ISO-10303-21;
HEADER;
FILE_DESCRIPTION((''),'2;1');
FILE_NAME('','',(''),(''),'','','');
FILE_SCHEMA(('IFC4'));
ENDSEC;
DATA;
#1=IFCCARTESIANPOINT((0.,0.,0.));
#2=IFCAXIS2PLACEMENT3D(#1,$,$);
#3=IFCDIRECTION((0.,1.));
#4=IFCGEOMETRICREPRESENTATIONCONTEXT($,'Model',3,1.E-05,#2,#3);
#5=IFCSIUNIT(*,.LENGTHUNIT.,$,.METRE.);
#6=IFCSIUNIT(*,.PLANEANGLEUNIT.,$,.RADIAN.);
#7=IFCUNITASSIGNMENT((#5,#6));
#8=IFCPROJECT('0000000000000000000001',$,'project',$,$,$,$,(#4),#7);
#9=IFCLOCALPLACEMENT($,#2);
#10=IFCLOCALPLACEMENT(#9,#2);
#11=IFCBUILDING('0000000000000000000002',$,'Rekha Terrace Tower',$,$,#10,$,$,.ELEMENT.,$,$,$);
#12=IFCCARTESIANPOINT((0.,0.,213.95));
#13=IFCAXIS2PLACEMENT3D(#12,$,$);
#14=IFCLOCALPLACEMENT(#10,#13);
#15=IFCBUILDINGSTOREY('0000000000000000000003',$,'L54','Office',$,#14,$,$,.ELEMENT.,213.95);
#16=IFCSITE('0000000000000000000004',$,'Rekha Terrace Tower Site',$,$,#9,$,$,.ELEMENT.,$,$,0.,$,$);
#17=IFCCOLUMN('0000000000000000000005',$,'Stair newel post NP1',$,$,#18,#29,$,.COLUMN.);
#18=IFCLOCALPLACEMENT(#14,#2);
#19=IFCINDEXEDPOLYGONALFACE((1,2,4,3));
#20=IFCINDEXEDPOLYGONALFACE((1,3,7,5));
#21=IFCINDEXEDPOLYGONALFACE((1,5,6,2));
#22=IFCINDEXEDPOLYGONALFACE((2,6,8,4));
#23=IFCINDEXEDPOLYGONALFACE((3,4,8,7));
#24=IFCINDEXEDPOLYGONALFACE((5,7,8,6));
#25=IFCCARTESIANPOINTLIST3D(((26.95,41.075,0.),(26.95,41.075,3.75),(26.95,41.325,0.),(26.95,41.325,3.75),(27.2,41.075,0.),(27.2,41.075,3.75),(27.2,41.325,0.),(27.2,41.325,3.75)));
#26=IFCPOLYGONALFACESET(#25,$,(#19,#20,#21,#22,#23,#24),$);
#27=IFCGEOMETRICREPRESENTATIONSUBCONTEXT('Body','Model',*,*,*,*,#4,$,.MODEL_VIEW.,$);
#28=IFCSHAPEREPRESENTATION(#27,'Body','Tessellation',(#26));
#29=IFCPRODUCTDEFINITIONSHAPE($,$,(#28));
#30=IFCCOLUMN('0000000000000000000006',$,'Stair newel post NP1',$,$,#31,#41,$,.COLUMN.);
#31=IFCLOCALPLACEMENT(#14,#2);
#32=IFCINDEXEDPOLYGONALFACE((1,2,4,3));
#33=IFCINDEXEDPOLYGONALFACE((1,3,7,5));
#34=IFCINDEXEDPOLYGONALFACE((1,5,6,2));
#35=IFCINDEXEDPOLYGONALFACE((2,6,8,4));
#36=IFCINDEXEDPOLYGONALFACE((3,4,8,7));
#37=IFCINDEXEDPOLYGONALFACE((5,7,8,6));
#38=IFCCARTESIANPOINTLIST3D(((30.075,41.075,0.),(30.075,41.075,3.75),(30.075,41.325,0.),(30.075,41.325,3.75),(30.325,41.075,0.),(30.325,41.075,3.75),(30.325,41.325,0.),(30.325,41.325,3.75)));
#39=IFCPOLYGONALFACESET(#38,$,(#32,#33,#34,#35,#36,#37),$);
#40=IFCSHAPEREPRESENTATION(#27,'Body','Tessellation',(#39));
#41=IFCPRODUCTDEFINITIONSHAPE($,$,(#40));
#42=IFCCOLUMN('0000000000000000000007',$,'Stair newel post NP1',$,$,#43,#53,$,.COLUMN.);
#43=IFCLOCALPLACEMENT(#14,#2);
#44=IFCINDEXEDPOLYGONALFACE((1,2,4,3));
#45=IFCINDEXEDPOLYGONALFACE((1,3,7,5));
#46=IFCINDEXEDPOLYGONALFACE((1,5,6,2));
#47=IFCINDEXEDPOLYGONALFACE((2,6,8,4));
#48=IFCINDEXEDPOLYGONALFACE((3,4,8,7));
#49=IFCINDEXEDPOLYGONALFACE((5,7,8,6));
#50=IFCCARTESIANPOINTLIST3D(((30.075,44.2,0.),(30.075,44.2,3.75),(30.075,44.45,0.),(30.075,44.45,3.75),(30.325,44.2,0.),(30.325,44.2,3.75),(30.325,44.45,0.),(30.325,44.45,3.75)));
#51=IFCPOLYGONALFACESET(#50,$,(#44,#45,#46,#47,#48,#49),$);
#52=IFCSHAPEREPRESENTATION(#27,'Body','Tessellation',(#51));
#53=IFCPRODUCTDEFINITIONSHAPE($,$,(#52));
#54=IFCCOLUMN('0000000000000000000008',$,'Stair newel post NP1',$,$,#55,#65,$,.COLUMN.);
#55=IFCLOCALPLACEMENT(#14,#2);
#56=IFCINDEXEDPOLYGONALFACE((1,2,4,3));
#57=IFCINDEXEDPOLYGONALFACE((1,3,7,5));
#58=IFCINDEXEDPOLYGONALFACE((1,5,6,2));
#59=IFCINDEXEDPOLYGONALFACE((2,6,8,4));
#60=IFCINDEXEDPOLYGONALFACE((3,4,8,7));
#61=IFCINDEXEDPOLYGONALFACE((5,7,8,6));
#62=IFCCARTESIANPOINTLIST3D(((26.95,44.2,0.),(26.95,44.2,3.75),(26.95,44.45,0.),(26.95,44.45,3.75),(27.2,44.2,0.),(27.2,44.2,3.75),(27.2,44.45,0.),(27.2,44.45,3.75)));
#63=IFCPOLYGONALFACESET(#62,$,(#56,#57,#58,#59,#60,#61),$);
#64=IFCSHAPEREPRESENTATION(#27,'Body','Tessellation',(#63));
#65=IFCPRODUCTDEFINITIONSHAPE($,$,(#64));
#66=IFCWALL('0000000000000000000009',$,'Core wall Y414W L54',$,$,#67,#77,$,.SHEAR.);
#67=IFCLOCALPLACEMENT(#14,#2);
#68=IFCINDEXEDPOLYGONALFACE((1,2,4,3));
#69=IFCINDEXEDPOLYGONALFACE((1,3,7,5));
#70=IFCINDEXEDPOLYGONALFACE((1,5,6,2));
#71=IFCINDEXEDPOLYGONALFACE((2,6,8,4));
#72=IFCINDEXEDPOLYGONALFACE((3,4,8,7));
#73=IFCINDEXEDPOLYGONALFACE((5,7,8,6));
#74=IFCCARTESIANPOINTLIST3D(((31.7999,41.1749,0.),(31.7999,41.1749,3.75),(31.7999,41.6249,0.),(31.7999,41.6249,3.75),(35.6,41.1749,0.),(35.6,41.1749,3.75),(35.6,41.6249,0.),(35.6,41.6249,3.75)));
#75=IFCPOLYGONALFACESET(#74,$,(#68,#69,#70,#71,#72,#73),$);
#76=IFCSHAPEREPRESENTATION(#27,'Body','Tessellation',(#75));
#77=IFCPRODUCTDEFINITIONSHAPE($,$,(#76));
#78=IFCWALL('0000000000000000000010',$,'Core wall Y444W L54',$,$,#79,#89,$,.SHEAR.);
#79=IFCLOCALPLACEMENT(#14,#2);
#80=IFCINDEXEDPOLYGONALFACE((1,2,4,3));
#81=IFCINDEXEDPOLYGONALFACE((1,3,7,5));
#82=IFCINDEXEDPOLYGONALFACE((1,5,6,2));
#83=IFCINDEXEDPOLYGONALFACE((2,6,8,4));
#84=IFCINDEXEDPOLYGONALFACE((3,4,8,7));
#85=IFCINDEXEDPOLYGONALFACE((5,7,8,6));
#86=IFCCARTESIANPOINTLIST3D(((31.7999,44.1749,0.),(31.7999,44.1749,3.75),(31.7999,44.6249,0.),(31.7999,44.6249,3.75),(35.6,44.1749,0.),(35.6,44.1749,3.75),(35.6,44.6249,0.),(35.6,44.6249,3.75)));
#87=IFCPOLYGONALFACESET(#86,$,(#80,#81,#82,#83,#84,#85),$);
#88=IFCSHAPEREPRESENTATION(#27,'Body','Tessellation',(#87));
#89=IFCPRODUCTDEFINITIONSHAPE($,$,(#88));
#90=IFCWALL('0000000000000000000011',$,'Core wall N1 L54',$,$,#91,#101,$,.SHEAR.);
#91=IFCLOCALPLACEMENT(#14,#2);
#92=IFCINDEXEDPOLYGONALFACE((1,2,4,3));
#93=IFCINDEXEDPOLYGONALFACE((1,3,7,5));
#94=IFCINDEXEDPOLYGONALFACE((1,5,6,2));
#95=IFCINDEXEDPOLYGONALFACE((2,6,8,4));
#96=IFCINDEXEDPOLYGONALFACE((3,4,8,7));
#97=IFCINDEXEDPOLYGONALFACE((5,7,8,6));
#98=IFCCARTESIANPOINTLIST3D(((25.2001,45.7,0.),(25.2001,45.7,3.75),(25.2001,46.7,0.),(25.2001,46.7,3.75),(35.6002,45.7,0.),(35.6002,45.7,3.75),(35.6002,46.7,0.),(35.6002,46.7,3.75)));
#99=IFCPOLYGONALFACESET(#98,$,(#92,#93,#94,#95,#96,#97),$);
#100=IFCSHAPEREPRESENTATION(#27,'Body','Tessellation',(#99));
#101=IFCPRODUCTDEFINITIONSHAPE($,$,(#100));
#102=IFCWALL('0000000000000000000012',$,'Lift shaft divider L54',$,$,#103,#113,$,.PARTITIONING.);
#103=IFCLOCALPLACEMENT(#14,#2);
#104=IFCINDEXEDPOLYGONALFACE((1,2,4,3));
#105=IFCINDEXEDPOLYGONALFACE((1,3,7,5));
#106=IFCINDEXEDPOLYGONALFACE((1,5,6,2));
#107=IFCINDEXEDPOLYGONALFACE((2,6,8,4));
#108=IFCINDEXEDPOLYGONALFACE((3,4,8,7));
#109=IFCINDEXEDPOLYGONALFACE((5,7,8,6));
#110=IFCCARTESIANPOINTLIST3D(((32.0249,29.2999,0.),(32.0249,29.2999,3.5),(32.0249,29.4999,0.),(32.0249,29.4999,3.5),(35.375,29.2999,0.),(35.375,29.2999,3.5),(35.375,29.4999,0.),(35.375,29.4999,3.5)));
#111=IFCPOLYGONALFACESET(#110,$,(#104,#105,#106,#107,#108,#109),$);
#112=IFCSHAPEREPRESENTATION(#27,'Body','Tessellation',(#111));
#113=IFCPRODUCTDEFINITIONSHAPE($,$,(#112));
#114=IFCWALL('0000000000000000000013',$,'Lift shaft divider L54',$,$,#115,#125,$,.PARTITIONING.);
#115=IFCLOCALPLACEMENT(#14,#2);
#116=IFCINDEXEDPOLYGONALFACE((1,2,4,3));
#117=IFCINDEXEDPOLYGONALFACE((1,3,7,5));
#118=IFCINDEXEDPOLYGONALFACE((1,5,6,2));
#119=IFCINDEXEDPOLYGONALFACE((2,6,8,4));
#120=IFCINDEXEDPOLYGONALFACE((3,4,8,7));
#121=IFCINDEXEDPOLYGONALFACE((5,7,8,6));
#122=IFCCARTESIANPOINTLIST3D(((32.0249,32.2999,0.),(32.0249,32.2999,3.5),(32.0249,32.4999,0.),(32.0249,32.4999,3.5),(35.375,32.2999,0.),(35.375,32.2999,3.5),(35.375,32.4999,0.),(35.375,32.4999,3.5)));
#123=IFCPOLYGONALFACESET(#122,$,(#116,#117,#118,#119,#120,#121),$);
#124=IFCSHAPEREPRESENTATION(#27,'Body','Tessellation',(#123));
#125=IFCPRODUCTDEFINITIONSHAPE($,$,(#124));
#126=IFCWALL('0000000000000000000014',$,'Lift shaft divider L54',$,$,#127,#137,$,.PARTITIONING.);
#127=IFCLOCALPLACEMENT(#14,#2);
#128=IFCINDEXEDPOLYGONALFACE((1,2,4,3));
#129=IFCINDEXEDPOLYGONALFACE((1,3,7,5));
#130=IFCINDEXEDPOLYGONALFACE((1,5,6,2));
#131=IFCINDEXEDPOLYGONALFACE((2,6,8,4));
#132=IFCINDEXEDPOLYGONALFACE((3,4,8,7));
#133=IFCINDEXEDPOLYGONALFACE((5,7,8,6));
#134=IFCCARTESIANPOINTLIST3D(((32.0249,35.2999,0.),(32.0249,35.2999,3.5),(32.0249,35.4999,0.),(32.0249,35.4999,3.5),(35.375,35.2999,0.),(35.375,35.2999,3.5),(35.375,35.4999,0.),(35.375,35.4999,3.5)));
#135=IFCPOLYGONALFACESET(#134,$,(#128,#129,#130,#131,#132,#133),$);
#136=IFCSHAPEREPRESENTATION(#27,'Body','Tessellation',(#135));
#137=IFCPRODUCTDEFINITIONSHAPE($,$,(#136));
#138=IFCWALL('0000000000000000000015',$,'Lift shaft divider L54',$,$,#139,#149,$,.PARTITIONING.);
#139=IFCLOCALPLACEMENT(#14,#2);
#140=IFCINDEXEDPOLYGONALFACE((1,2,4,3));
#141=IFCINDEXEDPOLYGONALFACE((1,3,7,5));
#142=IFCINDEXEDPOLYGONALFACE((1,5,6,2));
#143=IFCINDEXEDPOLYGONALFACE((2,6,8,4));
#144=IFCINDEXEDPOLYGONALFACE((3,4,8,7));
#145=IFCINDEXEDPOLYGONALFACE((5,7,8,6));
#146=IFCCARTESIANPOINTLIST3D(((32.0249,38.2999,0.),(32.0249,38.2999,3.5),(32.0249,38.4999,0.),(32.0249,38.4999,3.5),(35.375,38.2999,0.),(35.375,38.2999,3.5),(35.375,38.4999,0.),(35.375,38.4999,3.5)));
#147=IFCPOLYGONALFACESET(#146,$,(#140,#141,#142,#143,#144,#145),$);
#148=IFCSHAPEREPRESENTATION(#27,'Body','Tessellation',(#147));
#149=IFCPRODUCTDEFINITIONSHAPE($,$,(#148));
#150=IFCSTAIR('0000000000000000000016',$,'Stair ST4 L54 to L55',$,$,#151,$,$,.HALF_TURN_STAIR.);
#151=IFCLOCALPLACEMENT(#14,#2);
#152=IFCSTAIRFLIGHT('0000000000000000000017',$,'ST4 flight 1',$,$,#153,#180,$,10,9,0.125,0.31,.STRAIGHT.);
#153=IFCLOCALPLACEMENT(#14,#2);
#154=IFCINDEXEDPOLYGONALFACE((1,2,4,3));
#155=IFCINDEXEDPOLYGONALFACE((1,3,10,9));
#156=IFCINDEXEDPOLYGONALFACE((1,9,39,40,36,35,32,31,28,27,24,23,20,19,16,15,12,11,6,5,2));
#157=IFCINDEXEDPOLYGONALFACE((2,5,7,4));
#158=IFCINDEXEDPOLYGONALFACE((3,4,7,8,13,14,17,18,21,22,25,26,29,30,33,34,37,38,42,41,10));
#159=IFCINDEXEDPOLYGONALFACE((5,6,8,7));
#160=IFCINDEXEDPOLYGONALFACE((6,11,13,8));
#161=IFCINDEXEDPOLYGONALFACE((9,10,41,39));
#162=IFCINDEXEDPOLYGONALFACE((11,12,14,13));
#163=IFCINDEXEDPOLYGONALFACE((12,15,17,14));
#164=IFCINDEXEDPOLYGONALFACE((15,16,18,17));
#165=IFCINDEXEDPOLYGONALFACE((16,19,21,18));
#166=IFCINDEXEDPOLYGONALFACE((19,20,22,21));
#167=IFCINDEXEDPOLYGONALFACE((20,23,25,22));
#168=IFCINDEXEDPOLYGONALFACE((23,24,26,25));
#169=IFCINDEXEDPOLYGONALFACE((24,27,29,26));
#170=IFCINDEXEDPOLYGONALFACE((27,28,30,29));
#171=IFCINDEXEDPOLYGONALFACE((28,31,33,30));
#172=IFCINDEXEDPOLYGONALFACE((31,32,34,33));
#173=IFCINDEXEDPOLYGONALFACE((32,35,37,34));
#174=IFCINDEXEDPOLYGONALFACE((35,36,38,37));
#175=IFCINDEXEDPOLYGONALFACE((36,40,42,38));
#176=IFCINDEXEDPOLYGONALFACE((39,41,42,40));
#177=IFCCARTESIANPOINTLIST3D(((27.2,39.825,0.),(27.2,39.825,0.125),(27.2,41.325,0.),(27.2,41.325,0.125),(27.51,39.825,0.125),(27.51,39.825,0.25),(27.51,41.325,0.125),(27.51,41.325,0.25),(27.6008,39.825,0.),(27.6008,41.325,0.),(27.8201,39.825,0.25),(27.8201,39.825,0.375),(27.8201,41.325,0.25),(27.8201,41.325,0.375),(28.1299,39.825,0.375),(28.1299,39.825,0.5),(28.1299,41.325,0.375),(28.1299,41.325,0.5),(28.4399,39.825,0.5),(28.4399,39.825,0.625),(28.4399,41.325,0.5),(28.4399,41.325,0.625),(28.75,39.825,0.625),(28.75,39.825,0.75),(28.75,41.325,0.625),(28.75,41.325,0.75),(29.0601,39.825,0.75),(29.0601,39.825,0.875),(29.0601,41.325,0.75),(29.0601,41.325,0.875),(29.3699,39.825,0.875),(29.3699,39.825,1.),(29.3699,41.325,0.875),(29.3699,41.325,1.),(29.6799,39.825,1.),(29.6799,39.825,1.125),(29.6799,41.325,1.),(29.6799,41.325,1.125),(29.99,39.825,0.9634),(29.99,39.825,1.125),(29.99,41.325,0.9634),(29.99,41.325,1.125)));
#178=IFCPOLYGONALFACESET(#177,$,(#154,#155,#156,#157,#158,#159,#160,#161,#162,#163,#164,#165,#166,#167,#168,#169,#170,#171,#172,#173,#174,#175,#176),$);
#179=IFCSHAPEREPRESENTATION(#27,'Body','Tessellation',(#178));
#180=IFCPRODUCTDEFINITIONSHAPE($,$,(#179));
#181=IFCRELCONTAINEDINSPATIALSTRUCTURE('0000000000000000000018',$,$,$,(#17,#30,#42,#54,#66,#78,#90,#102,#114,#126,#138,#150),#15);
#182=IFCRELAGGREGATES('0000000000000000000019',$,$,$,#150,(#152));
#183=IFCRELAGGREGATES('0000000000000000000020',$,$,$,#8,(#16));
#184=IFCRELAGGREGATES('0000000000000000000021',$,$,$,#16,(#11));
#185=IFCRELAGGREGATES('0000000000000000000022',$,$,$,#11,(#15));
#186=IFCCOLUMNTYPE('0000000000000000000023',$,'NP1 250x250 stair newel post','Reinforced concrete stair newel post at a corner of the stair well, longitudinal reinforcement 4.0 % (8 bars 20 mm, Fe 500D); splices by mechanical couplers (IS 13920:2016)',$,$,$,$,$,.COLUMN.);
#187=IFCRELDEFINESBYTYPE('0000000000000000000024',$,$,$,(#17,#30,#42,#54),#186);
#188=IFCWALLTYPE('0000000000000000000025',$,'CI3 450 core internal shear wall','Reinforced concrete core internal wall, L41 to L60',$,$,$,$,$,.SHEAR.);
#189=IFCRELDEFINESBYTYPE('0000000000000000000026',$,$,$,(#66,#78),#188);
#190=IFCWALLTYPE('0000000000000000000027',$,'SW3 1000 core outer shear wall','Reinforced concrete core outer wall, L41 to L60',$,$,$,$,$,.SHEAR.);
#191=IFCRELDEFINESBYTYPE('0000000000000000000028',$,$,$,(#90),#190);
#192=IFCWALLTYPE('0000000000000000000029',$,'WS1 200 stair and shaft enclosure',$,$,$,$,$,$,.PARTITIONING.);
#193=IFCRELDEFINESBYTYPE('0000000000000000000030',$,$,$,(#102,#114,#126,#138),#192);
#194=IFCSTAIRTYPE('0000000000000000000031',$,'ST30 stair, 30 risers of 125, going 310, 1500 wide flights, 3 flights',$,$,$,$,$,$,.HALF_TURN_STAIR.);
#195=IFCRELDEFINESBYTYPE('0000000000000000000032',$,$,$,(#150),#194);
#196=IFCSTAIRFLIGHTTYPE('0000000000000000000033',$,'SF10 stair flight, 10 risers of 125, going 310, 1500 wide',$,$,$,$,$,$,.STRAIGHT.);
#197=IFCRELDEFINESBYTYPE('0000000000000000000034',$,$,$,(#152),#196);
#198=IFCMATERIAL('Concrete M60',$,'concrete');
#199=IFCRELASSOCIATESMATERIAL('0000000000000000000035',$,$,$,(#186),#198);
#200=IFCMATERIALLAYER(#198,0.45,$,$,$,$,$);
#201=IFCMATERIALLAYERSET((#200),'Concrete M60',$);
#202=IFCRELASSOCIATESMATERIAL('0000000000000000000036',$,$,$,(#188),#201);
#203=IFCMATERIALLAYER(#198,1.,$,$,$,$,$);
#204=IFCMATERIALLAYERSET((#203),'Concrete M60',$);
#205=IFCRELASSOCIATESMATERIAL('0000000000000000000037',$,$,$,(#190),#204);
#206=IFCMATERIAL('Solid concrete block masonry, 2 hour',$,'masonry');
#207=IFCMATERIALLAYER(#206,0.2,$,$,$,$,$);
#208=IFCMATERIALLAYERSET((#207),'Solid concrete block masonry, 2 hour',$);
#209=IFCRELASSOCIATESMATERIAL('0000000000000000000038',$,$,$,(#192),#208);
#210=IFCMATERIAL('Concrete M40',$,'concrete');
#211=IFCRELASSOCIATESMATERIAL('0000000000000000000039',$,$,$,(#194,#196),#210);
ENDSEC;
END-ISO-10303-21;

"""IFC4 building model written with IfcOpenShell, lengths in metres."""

from ifc_helpers import new_model, si_unit, direction, frame, frame_2d, origin, origin_2d, place, context, subcontext, project, spatial, polyline, rectangle, outline, extrude, material, layer, layer_set, material_profile, profile_set, type_object, element, aggregate, save


model = new_model("IFC4")

# Units and contexts
model_context = context("Model", 3, precision=1e-05, world=origin(), true_north=direction((0.0, 1.0)))
body_context = subcontext(model_context, "Body", "Model", "MODEL_VIEW")
ifc_project = project(units=[si_unit("LENGTHUNIT", "METRE"), si_unit("PLANEANGLEUNIT", "RADIAN")], contexts=[model_context])

# Site, building, storey
site_placement = place(None, origin())
site = spatial("IfcSite", under=ifc_project, at=site_placement, Name="Rekha Terrace Tower Site", CompositionType="ELEMENT", RefElevation=0.0)
building_placement = place(site_placement, origin())
building = spatial("IfcBuilding", under=site, at=building_placement, Name="Rekha Terrace Tower", CompositionType="ELEMENT")
storey_placement = place(building_placement, frame((0.0, 0.0, 213.95)))
storey = spatial("IfcBuildingStorey", under=building, at=storey_placement, Name="L54", Description="Office", CompositionType="ELEMENT", Elevation=213.95)

# Columns
ifc_material_1 = material(Name="Concrete M60", Category="concrete")
ifc_material_profile = material_profile(ifc_material_1, rectangle(XDim=0.25, YDim=0.25, at=origin_2d()), Name="RC 250x250")
ifc_profile_set = profile_set([ifc_material_profile], Name="Concrete M60")
column_type = type_object("IfcColumnType", Name="NP1 250x250 stair newel post", Description="Reinforced concrete stair newel post at a corner of the stair well, longitudinal reinforcement 4.0 % (8 bars 20 mm, Fe 500D); splices by mechanical couplers (IS 13920:2016)", PredefinedType="COLUMN", material=ifc_profile_set)
for number, where, z_axis, x_axis, name in (
    (1, (27.075, 41.2, 0.0), (0.0, 0.0, 1.0), (1.0, 0.0, 0.0), "Stair newel post NP1"),
    (2, (30.2, 41.2, 0.0), (0.0, 0.0, 1.0), (1.0, 0.0, 0.0), "Stair newel post NP1"),
    (3, (30.2, 44.325, 0.0), (0.0, 0.0, 1.0), (1.0, 0.0, 0.0), "Stair newel post NP1"),
    (4, (27.075, 44.325, 0.0), (0.0, 0.0, 1.0), (1.0, 0.0, 0.0), "Stair newel post NP1"),
):
    element("IfcColumn", number, at=place(storey_placement, frame(where, z_axis=z_axis, x_axis=x_axis)), inside=storey, type_object=column_type, Name=name, PredefinedType="COLUMN", context=body_context, shape_type="SweptSolid", body=[
        extrude(rectangle(XDim=0.25, YDim=0.25, at=origin_2d()), origin(), (0.0, 0.0, 1.0), 3.75),
    ])

# Walls
ifc_layer_1 = layer(ifc_material_1, 0.45)
ifc_layer_set_1 = layer_set([ifc_layer_1], Name="Concrete M60")
wall_type_1 = type_object("IfcWallType", Name="CI3 450 core internal shear wall", Description="Reinforced concrete core internal wall, L41 to L60", PredefinedType="SHEAR", material=ifc_layer_set_1)
for number, where, z_axis, x_axis, name in (
    (5, (31.8, 41.3999, 0.0), (0.0, 0.0, 1.0), (1.0, 0.0, 0.0), "Core wall Y414W L54"),
    (6, (31.8, 44.3999, 0.0), (0.0, 0.0, 1.0), (1.0, 0.0, 0.0), "Core wall Y444W L54"),
):
    element("IfcWall", number, at=place(storey_placement, frame(where, z_axis=z_axis, x_axis=x_axis)), inside=storey, type_object=wall_type_1, Name=name, PredefinedType="SHEAR", context=body_context, shape_type="SweptSolid", body=[
        extrude(rectangle(XDim=3.8, YDim=0.45, at=frame_2d((1.8999, 0.0))), origin(), (0.0, 0.0, 1.0), 3.75),
    ])
ifc_layer_2 = layer(ifc_material_1, 1.0)
ifc_layer_set_2 = layer_set([ifc_layer_2], Name="Concrete M60")
wall_type_2 = type_object("IfcWallType", Name="SW3 1000 core outer shear wall", Description="Reinforced concrete core outer wall, L41 to L60", PredefinedType="SHEAR", material=ifc_layer_set_2)
wall_placement = place(storey_placement, frame((25.2, 46.2, 0.0), z_axis=(0.0, 0.0, 1.0), x_axis=(1.0, 0.0, 0.0)))
element("IfcWall", 7, at=wall_placement, inside=storey, type_object=wall_type_2, Name="Core wall N1 L54", PredefinedType="SHEAR", context=body_context, shape_type="SweptSolid", body=[
    extrude(rectangle(XDim=10.4001, YDim=1.0, at=frame_2d((5.2002, 0.0))), origin(), (0.0, 0.0, 1.0), 3.75),
])
ifc_material_2 = material(Name="Solid concrete block masonry, 2 hour", Category="masonry")
ifc_layer_3 = layer(ifc_material_2, 0.2)
ifc_layer_set_3 = layer_set([ifc_layer_3], Name="Solid concrete block masonry, 2 hour")
wall_type_3 = type_object("IfcWallType", Name="WS1 200 stair and shaft enclosure", PredefinedType="PARTITIONING", material=ifc_layer_set_3)
for number, where, z_axis, x_axis, name in (
    (8, (32.0249, 29.3999, 0.0), (0.0, 0.0, 1.0), (1.0, 0.0, 0.0), "Lift shaft divider L54"),
    (9, (32.0249, 32.3999, 0.0), (0.0, 0.0, 1.0), (1.0, 0.0, 0.0), "Lift shaft divider L54"),
    (10, (32.0249, 35.3999, 0.0), (0.0, 0.0, 1.0), (1.0, 0.0, 0.0), "Lift shaft divider L54"),
    (11, (32.0249, 38.3999, 0.0), (0.0, 0.0, 1.0), (1.0, 0.0, 0.0), "Lift shaft divider L54"),
):
    element("IfcWall", number, at=place(storey_placement, frame(where, z_axis=z_axis, x_axis=x_axis)), inside=storey, type_object=wall_type_3, Name=name, PredefinedType="PARTITIONING", context=body_context, shape_type="SweptSolid", body=[
        extrude(rectangle(XDim=3.3501, YDim=0.2, at=frame_2d((1.675, 0.0))), origin(), (0.0, 0.0, 1.0), 3.5),
    ])

# Stair, stair flight
ifc_material_3 = material(Name="Concrete M40", Category="concrete")
stair_type = type_object("IfcStairType", Name="ST30 stair, 30 risers of 125, going 310, 1500 wide flights, 3 flights", PredefinedType="HALF_TURN_STAIR", material=ifc_material_3)
stair_placement = place(storey_placement, origin())
stair = element("IfcStair", 12, at=stair_placement, inside=storey, type_object=stair_type, Name="Stair ST4 L54 to L55", PredefinedType="HALF_TURN_STAIR")
stair_flight_type = type_object("IfcStairFlightType", Name="SF10 stair flight, 10 risers of 125, going 310, 1500 wide", PredefinedType="STRAIGHT", material=ifc_material_3)
stair_flight_1_placement = place(storey_placement, frame((27.2, 40.575, 0.0), z_axis=(0.0, 0.0, 1.0), x_axis=(1.0, 0.0, 0.0)))
stair_flight_1 = element("IfcStairFlight", 13, at=stair_flight_1_placement, type_object=stair_flight_type, Name="ST4 flight 1", NumberOfRisers=10, NumberOfTreads=9, PredefinedType="STRAIGHT", RiserHeight=0.125, TreadLength=0.31, context=body_context, shape_type="SweptSolid", body=[
    extrude(outline(polyline([(0.0, 0.0), (0.0, 0.125), (0.3101, 0.125), (0.3101, 0.25), (0.6201, 0.25), (0.6201, 0.375), (0.9299, 0.375), (0.9299, 0.5), (1.24, 0.5), (1.24, 0.625), (1.55, 0.625), (1.55, 0.75), (1.8601, 0.75), (1.8601, 0.875), (2.1699, 0.875), (2.1699, 1.0), (2.48, 1.0), (2.48, 1.125), (2.79, 1.125), (2.79, 1.25), (2.79, 0.9634), (0.4009, 0.0), (0.0, 0.0)])), frame((0.0, 0.75, 0.0), z_axis=(0.0, -1.0, 0.0), x_axis=(1.0, 0.0, 0.0)), (0.0, 0.0, 1.0), 1.5),
])
aggregate(stair, [stair_flight_1])

save(model, "model.ifc")
